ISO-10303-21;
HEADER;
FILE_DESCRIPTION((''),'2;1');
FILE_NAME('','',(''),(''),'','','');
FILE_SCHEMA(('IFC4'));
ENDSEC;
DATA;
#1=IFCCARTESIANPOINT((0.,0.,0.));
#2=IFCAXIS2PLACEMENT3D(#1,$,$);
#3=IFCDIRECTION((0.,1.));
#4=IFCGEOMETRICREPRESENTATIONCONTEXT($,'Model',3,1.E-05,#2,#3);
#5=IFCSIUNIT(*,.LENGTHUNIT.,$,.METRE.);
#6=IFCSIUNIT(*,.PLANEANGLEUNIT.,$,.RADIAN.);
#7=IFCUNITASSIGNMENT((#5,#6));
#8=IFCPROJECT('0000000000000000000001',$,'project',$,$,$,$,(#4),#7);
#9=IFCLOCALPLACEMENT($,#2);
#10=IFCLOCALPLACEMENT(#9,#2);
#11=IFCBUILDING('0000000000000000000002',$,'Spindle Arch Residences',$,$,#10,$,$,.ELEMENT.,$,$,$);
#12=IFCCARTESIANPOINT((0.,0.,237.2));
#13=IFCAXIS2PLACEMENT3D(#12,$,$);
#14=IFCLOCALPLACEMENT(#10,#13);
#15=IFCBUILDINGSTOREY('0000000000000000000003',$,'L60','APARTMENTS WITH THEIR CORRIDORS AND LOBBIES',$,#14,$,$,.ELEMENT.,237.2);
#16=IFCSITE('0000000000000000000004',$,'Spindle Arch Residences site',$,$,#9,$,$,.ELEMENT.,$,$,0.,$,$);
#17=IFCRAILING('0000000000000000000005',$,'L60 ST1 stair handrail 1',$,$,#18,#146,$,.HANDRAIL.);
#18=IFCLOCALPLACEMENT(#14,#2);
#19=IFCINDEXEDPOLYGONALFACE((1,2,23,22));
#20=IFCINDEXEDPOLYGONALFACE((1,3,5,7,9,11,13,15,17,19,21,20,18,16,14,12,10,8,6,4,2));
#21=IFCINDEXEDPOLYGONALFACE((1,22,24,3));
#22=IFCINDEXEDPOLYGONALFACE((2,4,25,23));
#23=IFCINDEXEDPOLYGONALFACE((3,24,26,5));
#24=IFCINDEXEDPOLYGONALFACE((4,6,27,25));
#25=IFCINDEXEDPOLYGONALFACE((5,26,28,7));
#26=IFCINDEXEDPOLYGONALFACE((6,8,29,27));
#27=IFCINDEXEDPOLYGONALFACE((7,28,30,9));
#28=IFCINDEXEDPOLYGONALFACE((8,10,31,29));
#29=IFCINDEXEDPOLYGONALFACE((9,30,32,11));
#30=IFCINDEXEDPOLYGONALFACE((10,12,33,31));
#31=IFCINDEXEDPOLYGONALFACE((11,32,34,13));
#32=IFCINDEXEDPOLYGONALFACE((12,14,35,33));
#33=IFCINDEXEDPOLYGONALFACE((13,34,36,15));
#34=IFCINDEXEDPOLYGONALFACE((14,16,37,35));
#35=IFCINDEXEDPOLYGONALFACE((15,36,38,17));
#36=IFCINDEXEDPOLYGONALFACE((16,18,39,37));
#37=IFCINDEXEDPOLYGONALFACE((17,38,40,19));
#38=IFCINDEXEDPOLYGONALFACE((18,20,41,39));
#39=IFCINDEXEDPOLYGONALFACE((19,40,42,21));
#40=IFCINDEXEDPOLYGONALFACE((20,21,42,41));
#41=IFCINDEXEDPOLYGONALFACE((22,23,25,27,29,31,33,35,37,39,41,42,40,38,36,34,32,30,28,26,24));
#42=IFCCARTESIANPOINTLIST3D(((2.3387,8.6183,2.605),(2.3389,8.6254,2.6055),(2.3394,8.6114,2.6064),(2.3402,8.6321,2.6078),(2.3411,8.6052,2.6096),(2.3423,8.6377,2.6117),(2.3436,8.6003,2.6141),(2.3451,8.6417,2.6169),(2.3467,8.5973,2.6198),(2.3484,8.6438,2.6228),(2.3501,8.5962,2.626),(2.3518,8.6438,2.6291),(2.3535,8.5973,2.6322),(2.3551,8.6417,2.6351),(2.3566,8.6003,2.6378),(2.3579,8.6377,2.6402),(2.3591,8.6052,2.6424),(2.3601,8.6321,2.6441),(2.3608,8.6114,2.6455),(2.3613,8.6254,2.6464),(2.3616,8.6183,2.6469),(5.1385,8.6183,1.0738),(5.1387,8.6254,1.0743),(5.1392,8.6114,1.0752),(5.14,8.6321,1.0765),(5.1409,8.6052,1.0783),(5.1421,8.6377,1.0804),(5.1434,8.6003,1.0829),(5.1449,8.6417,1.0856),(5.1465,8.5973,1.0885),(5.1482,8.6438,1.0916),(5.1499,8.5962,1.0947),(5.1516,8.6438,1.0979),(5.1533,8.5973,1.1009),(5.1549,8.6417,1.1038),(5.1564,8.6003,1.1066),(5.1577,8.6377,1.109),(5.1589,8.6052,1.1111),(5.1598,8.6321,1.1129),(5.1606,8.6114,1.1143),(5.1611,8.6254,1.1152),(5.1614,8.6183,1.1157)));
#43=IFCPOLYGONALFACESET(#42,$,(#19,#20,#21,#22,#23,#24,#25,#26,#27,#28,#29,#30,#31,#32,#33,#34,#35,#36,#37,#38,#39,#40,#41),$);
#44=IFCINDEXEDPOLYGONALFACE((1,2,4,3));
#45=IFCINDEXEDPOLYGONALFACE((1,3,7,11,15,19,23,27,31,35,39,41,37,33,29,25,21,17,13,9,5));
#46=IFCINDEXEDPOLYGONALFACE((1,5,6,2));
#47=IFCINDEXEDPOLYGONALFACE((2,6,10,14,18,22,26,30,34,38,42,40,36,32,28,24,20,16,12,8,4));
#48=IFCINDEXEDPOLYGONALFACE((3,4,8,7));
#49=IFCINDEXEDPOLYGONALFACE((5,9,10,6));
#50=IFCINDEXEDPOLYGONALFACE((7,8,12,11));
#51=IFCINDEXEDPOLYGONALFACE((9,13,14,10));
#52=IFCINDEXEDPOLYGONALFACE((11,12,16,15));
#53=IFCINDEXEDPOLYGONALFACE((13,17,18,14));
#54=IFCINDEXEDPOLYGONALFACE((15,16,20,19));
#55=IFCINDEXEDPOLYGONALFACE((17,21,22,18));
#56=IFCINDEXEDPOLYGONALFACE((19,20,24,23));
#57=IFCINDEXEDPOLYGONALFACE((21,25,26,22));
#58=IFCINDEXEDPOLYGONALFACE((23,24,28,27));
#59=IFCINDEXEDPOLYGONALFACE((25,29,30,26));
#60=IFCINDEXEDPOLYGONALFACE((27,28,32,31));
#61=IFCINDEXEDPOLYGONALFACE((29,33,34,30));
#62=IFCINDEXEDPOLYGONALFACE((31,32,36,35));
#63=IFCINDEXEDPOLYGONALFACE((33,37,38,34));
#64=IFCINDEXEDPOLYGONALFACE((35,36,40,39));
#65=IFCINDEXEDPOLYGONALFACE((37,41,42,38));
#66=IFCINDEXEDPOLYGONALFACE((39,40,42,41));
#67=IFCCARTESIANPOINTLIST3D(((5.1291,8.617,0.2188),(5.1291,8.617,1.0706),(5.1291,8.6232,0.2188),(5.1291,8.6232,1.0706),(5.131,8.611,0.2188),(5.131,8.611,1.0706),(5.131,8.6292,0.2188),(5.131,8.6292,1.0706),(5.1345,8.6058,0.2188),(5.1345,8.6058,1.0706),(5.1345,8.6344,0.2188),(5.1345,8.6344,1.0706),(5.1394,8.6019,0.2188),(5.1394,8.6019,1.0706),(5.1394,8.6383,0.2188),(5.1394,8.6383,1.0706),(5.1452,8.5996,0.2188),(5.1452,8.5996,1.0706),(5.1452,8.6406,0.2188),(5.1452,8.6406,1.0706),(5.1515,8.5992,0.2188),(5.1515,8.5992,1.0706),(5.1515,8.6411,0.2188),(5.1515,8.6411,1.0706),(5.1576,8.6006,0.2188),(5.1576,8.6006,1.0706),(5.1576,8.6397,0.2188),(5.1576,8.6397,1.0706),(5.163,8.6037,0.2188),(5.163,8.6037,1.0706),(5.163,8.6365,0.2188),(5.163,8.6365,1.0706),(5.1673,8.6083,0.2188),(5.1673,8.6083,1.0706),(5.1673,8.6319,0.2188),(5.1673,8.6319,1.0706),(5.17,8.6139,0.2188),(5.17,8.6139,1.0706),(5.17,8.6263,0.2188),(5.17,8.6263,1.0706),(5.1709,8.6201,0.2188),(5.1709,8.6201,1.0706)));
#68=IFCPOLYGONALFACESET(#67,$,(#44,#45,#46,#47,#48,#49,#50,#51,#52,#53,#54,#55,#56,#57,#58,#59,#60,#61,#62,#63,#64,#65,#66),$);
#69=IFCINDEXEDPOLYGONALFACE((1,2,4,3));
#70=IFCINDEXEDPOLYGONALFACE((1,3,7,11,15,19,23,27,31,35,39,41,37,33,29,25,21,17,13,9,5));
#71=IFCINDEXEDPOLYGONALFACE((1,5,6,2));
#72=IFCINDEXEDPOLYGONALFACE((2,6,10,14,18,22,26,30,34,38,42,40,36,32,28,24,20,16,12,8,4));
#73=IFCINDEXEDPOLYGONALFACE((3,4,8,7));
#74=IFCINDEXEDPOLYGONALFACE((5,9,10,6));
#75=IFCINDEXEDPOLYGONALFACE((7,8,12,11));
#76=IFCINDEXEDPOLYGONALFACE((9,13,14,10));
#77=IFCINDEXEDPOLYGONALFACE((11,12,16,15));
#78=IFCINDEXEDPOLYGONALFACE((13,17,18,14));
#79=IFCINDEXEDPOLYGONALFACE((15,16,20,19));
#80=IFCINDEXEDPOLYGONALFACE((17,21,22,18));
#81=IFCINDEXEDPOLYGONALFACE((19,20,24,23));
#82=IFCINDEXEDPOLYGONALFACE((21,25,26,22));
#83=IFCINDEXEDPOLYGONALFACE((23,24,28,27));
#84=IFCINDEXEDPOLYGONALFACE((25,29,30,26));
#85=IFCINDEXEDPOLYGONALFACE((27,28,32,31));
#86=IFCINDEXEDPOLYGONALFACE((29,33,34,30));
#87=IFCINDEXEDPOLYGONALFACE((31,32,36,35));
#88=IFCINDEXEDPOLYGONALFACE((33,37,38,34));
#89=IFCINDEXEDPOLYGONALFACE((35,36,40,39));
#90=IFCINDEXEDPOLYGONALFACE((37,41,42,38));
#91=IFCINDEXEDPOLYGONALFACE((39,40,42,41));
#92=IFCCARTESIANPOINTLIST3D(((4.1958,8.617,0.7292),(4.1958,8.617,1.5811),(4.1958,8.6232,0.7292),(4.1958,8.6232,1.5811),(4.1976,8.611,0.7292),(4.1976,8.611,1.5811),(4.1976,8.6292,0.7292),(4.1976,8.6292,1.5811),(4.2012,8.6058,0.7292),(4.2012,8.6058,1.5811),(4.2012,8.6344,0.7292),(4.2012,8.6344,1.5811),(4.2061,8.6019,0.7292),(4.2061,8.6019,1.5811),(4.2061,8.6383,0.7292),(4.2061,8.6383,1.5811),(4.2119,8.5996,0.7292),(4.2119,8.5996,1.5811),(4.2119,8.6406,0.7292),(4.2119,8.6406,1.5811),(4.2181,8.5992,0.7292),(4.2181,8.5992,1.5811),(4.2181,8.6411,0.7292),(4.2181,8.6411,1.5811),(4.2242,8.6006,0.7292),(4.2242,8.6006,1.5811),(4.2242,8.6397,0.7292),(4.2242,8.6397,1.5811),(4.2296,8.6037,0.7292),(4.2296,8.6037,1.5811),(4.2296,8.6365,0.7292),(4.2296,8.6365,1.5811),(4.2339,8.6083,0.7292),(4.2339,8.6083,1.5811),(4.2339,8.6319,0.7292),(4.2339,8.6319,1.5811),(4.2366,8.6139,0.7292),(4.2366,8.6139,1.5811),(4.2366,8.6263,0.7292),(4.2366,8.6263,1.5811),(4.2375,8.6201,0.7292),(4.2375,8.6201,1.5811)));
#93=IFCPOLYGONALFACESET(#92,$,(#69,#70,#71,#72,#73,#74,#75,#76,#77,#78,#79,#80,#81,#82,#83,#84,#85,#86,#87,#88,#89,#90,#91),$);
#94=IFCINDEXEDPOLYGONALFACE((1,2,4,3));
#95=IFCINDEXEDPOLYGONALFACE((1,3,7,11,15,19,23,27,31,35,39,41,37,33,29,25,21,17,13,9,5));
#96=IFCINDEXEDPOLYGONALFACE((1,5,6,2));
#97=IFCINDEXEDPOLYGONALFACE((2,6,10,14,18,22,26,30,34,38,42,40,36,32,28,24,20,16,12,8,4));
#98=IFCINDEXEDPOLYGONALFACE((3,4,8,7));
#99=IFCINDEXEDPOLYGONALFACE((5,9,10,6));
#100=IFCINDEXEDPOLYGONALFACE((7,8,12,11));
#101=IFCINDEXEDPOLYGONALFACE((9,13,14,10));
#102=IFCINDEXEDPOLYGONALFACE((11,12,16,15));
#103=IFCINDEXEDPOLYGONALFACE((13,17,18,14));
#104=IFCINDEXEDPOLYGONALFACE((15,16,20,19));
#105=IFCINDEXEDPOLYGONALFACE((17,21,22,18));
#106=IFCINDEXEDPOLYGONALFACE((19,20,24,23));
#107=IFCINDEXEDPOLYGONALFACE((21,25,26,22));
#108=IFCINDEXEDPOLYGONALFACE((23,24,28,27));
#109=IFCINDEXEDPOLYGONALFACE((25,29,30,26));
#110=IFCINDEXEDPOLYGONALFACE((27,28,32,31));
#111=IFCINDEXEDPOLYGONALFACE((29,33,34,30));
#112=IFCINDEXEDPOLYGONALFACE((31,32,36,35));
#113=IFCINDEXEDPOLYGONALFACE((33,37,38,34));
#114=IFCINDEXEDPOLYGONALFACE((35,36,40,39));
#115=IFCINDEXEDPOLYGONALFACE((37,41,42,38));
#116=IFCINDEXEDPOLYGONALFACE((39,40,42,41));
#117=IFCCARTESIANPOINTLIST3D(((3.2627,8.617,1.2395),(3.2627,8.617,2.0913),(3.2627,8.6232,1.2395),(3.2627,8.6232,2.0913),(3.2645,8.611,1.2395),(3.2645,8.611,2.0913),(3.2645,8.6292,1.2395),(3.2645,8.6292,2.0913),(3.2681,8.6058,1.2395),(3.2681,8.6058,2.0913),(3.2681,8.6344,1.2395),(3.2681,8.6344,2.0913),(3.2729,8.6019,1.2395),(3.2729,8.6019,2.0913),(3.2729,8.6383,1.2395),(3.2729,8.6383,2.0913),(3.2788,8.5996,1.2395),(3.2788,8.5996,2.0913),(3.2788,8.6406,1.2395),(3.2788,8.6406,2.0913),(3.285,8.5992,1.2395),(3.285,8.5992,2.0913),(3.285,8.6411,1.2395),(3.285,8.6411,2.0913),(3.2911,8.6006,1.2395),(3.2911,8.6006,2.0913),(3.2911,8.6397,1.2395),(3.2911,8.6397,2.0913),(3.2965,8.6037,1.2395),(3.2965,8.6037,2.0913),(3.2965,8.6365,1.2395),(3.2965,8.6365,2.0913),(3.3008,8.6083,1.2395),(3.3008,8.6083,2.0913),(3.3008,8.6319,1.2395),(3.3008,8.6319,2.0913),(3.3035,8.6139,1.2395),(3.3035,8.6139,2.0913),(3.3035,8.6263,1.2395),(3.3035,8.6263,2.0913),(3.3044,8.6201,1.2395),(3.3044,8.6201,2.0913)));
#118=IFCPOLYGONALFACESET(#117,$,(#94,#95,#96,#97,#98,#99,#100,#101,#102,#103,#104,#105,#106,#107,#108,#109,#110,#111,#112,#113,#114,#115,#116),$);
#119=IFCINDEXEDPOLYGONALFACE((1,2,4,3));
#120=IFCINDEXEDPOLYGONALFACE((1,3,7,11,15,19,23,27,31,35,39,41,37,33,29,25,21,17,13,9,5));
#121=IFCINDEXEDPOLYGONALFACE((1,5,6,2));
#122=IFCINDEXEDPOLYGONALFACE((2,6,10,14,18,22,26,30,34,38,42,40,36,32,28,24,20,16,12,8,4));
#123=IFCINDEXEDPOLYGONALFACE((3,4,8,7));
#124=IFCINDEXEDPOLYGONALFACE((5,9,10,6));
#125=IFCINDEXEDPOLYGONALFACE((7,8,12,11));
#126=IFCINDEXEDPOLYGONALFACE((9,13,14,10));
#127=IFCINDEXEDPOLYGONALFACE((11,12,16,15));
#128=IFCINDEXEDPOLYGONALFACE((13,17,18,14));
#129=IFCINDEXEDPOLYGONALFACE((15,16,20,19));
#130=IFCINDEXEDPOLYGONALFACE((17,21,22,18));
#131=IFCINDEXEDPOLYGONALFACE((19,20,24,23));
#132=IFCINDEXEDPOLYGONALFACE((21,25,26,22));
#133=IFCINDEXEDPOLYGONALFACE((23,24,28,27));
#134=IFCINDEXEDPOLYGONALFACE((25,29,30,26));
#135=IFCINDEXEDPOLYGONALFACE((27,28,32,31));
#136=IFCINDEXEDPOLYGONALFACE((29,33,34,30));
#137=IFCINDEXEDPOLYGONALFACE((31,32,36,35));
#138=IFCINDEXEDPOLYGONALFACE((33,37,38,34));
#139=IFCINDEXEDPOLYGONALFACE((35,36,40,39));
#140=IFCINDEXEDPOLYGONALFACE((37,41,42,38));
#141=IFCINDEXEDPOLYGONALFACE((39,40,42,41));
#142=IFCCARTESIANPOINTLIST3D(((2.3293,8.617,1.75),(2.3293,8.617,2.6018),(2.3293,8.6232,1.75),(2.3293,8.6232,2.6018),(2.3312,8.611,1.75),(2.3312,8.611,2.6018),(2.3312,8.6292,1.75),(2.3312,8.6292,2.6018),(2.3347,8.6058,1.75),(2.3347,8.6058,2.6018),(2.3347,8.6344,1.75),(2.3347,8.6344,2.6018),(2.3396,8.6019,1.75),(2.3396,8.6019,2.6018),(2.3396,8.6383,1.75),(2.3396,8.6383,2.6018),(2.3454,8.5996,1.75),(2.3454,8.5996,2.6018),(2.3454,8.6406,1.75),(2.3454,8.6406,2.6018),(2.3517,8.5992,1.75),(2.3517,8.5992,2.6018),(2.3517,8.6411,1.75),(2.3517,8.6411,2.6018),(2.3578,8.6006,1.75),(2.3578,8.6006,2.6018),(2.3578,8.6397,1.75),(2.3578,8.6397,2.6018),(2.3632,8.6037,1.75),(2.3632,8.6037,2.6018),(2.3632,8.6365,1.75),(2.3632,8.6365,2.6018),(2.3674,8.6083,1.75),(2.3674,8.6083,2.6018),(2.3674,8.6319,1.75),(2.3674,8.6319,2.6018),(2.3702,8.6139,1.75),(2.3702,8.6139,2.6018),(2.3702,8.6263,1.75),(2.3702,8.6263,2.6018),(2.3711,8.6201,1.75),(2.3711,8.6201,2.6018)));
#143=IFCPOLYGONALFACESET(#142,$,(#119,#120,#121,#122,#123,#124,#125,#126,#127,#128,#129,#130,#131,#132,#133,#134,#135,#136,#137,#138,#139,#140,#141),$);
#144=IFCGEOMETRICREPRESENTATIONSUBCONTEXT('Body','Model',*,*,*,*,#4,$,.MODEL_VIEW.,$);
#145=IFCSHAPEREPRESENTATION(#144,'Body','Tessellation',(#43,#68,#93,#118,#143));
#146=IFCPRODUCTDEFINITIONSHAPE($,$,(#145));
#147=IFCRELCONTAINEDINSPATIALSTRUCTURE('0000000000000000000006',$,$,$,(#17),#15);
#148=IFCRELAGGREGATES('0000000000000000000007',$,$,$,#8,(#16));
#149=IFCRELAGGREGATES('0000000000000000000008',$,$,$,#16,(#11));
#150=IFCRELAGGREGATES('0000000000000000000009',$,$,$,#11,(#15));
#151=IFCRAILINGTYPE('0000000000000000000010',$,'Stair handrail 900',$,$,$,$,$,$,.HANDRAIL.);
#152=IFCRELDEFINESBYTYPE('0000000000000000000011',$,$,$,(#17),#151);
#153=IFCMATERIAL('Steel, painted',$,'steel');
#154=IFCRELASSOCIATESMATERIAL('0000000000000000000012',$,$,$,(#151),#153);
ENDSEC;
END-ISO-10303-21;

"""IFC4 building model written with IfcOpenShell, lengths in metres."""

from ifc_helpers import new_model, si_unit, direction, frame, origin, origin_2d, place, context, subcontext, project, spatial, circle, extrude, material, type_object, element, save


model = new_model("IFC4")

# Units and contexts
model_context = context("Model", 3, precision=1e-05, world=origin(), true_north=direction((0.0, 1.0)))
body_context = subcontext(model_context, "Body", "Model", "MODEL_VIEW")
ifc_project = project(units=[si_unit("LENGTHUNIT", "METRE"), si_unit("PLANEANGLEUNIT", "RADIAN")], contexts=[model_context])

# Site, building, storey
site_placement = place(None, origin())
site = spatial("IfcSite", under=ifc_project, at=site_placement, Name="Spindle Arch Residences site", CompositionType="ELEMENT", RefElevation=0.0)
building_placement = place(site_placement, origin())
building = spatial("IfcBuilding", under=site, at=building_placement, Name="Spindle Arch Residences", CompositionType="ELEMENT")
storey_placement = place(building_placement, frame((0.0, 0.0, 237.2)))
storey = spatial("IfcBuildingStorey", under=building, at=storey_placement, Name="L60", Description="APARTMENTS WITH THEIR CORRIDORS AND LOBBIES", CompositionType="ELEMENT", Elevation=237.2)

# Railing
ifc_material_1 = material(Name="Steel, painted", Category="steel")
railing_type_1 = type_object("IfcRailingType", Name="Stair handrail 900", PredefinedType="HANDRAIL", material=ifc_material_1)
railing_1_placement = place(storey_placement, frame((5.1499, 8.6201, 0.2188)))
element("IfcRailing", 1, at=railing_1_placement, inside=storey, type_object=railing_type_1, Name="L60 ST1 stair handrail 1", PredefinedType="HANDRAIL", context=body_context, shape_type="SweptSolid", body=[
    extrude(circle(Radius=0.0239, at=origin_2d()), frame((0.0, 0.0, 0.876), z_axis=(-0.877357, 0.0, 0.479838), x_axis=(0.0, -1.0, 0.0)), (0.0, 0.0, 1.0), 3.1912),
    extrude(circle(Radius=0.021, at=origin_2d()), origin(), (0.0, 0.0, 1.0), 0.8518),
    extrude(circle(Radius=0.021, at=origin_2d()), frame((-0.9333, 0.0, 0.5105)), (0.0, 0.0, 1.0), 0.8518),
    extrude(circle(Radius=0.021, at=origin_2d()), frame((-1.8665, 0.0, 1.0208)), (0.0, 0.0, 1.0), 0.8518),
    extrude(circle(Radius=0.021, at=origin_2d()), frame((-2.7998, 0.0, 1.5312)), (0.0, 0.0, 1.0), 0.8518),
])

save(model, "model.ifc")
